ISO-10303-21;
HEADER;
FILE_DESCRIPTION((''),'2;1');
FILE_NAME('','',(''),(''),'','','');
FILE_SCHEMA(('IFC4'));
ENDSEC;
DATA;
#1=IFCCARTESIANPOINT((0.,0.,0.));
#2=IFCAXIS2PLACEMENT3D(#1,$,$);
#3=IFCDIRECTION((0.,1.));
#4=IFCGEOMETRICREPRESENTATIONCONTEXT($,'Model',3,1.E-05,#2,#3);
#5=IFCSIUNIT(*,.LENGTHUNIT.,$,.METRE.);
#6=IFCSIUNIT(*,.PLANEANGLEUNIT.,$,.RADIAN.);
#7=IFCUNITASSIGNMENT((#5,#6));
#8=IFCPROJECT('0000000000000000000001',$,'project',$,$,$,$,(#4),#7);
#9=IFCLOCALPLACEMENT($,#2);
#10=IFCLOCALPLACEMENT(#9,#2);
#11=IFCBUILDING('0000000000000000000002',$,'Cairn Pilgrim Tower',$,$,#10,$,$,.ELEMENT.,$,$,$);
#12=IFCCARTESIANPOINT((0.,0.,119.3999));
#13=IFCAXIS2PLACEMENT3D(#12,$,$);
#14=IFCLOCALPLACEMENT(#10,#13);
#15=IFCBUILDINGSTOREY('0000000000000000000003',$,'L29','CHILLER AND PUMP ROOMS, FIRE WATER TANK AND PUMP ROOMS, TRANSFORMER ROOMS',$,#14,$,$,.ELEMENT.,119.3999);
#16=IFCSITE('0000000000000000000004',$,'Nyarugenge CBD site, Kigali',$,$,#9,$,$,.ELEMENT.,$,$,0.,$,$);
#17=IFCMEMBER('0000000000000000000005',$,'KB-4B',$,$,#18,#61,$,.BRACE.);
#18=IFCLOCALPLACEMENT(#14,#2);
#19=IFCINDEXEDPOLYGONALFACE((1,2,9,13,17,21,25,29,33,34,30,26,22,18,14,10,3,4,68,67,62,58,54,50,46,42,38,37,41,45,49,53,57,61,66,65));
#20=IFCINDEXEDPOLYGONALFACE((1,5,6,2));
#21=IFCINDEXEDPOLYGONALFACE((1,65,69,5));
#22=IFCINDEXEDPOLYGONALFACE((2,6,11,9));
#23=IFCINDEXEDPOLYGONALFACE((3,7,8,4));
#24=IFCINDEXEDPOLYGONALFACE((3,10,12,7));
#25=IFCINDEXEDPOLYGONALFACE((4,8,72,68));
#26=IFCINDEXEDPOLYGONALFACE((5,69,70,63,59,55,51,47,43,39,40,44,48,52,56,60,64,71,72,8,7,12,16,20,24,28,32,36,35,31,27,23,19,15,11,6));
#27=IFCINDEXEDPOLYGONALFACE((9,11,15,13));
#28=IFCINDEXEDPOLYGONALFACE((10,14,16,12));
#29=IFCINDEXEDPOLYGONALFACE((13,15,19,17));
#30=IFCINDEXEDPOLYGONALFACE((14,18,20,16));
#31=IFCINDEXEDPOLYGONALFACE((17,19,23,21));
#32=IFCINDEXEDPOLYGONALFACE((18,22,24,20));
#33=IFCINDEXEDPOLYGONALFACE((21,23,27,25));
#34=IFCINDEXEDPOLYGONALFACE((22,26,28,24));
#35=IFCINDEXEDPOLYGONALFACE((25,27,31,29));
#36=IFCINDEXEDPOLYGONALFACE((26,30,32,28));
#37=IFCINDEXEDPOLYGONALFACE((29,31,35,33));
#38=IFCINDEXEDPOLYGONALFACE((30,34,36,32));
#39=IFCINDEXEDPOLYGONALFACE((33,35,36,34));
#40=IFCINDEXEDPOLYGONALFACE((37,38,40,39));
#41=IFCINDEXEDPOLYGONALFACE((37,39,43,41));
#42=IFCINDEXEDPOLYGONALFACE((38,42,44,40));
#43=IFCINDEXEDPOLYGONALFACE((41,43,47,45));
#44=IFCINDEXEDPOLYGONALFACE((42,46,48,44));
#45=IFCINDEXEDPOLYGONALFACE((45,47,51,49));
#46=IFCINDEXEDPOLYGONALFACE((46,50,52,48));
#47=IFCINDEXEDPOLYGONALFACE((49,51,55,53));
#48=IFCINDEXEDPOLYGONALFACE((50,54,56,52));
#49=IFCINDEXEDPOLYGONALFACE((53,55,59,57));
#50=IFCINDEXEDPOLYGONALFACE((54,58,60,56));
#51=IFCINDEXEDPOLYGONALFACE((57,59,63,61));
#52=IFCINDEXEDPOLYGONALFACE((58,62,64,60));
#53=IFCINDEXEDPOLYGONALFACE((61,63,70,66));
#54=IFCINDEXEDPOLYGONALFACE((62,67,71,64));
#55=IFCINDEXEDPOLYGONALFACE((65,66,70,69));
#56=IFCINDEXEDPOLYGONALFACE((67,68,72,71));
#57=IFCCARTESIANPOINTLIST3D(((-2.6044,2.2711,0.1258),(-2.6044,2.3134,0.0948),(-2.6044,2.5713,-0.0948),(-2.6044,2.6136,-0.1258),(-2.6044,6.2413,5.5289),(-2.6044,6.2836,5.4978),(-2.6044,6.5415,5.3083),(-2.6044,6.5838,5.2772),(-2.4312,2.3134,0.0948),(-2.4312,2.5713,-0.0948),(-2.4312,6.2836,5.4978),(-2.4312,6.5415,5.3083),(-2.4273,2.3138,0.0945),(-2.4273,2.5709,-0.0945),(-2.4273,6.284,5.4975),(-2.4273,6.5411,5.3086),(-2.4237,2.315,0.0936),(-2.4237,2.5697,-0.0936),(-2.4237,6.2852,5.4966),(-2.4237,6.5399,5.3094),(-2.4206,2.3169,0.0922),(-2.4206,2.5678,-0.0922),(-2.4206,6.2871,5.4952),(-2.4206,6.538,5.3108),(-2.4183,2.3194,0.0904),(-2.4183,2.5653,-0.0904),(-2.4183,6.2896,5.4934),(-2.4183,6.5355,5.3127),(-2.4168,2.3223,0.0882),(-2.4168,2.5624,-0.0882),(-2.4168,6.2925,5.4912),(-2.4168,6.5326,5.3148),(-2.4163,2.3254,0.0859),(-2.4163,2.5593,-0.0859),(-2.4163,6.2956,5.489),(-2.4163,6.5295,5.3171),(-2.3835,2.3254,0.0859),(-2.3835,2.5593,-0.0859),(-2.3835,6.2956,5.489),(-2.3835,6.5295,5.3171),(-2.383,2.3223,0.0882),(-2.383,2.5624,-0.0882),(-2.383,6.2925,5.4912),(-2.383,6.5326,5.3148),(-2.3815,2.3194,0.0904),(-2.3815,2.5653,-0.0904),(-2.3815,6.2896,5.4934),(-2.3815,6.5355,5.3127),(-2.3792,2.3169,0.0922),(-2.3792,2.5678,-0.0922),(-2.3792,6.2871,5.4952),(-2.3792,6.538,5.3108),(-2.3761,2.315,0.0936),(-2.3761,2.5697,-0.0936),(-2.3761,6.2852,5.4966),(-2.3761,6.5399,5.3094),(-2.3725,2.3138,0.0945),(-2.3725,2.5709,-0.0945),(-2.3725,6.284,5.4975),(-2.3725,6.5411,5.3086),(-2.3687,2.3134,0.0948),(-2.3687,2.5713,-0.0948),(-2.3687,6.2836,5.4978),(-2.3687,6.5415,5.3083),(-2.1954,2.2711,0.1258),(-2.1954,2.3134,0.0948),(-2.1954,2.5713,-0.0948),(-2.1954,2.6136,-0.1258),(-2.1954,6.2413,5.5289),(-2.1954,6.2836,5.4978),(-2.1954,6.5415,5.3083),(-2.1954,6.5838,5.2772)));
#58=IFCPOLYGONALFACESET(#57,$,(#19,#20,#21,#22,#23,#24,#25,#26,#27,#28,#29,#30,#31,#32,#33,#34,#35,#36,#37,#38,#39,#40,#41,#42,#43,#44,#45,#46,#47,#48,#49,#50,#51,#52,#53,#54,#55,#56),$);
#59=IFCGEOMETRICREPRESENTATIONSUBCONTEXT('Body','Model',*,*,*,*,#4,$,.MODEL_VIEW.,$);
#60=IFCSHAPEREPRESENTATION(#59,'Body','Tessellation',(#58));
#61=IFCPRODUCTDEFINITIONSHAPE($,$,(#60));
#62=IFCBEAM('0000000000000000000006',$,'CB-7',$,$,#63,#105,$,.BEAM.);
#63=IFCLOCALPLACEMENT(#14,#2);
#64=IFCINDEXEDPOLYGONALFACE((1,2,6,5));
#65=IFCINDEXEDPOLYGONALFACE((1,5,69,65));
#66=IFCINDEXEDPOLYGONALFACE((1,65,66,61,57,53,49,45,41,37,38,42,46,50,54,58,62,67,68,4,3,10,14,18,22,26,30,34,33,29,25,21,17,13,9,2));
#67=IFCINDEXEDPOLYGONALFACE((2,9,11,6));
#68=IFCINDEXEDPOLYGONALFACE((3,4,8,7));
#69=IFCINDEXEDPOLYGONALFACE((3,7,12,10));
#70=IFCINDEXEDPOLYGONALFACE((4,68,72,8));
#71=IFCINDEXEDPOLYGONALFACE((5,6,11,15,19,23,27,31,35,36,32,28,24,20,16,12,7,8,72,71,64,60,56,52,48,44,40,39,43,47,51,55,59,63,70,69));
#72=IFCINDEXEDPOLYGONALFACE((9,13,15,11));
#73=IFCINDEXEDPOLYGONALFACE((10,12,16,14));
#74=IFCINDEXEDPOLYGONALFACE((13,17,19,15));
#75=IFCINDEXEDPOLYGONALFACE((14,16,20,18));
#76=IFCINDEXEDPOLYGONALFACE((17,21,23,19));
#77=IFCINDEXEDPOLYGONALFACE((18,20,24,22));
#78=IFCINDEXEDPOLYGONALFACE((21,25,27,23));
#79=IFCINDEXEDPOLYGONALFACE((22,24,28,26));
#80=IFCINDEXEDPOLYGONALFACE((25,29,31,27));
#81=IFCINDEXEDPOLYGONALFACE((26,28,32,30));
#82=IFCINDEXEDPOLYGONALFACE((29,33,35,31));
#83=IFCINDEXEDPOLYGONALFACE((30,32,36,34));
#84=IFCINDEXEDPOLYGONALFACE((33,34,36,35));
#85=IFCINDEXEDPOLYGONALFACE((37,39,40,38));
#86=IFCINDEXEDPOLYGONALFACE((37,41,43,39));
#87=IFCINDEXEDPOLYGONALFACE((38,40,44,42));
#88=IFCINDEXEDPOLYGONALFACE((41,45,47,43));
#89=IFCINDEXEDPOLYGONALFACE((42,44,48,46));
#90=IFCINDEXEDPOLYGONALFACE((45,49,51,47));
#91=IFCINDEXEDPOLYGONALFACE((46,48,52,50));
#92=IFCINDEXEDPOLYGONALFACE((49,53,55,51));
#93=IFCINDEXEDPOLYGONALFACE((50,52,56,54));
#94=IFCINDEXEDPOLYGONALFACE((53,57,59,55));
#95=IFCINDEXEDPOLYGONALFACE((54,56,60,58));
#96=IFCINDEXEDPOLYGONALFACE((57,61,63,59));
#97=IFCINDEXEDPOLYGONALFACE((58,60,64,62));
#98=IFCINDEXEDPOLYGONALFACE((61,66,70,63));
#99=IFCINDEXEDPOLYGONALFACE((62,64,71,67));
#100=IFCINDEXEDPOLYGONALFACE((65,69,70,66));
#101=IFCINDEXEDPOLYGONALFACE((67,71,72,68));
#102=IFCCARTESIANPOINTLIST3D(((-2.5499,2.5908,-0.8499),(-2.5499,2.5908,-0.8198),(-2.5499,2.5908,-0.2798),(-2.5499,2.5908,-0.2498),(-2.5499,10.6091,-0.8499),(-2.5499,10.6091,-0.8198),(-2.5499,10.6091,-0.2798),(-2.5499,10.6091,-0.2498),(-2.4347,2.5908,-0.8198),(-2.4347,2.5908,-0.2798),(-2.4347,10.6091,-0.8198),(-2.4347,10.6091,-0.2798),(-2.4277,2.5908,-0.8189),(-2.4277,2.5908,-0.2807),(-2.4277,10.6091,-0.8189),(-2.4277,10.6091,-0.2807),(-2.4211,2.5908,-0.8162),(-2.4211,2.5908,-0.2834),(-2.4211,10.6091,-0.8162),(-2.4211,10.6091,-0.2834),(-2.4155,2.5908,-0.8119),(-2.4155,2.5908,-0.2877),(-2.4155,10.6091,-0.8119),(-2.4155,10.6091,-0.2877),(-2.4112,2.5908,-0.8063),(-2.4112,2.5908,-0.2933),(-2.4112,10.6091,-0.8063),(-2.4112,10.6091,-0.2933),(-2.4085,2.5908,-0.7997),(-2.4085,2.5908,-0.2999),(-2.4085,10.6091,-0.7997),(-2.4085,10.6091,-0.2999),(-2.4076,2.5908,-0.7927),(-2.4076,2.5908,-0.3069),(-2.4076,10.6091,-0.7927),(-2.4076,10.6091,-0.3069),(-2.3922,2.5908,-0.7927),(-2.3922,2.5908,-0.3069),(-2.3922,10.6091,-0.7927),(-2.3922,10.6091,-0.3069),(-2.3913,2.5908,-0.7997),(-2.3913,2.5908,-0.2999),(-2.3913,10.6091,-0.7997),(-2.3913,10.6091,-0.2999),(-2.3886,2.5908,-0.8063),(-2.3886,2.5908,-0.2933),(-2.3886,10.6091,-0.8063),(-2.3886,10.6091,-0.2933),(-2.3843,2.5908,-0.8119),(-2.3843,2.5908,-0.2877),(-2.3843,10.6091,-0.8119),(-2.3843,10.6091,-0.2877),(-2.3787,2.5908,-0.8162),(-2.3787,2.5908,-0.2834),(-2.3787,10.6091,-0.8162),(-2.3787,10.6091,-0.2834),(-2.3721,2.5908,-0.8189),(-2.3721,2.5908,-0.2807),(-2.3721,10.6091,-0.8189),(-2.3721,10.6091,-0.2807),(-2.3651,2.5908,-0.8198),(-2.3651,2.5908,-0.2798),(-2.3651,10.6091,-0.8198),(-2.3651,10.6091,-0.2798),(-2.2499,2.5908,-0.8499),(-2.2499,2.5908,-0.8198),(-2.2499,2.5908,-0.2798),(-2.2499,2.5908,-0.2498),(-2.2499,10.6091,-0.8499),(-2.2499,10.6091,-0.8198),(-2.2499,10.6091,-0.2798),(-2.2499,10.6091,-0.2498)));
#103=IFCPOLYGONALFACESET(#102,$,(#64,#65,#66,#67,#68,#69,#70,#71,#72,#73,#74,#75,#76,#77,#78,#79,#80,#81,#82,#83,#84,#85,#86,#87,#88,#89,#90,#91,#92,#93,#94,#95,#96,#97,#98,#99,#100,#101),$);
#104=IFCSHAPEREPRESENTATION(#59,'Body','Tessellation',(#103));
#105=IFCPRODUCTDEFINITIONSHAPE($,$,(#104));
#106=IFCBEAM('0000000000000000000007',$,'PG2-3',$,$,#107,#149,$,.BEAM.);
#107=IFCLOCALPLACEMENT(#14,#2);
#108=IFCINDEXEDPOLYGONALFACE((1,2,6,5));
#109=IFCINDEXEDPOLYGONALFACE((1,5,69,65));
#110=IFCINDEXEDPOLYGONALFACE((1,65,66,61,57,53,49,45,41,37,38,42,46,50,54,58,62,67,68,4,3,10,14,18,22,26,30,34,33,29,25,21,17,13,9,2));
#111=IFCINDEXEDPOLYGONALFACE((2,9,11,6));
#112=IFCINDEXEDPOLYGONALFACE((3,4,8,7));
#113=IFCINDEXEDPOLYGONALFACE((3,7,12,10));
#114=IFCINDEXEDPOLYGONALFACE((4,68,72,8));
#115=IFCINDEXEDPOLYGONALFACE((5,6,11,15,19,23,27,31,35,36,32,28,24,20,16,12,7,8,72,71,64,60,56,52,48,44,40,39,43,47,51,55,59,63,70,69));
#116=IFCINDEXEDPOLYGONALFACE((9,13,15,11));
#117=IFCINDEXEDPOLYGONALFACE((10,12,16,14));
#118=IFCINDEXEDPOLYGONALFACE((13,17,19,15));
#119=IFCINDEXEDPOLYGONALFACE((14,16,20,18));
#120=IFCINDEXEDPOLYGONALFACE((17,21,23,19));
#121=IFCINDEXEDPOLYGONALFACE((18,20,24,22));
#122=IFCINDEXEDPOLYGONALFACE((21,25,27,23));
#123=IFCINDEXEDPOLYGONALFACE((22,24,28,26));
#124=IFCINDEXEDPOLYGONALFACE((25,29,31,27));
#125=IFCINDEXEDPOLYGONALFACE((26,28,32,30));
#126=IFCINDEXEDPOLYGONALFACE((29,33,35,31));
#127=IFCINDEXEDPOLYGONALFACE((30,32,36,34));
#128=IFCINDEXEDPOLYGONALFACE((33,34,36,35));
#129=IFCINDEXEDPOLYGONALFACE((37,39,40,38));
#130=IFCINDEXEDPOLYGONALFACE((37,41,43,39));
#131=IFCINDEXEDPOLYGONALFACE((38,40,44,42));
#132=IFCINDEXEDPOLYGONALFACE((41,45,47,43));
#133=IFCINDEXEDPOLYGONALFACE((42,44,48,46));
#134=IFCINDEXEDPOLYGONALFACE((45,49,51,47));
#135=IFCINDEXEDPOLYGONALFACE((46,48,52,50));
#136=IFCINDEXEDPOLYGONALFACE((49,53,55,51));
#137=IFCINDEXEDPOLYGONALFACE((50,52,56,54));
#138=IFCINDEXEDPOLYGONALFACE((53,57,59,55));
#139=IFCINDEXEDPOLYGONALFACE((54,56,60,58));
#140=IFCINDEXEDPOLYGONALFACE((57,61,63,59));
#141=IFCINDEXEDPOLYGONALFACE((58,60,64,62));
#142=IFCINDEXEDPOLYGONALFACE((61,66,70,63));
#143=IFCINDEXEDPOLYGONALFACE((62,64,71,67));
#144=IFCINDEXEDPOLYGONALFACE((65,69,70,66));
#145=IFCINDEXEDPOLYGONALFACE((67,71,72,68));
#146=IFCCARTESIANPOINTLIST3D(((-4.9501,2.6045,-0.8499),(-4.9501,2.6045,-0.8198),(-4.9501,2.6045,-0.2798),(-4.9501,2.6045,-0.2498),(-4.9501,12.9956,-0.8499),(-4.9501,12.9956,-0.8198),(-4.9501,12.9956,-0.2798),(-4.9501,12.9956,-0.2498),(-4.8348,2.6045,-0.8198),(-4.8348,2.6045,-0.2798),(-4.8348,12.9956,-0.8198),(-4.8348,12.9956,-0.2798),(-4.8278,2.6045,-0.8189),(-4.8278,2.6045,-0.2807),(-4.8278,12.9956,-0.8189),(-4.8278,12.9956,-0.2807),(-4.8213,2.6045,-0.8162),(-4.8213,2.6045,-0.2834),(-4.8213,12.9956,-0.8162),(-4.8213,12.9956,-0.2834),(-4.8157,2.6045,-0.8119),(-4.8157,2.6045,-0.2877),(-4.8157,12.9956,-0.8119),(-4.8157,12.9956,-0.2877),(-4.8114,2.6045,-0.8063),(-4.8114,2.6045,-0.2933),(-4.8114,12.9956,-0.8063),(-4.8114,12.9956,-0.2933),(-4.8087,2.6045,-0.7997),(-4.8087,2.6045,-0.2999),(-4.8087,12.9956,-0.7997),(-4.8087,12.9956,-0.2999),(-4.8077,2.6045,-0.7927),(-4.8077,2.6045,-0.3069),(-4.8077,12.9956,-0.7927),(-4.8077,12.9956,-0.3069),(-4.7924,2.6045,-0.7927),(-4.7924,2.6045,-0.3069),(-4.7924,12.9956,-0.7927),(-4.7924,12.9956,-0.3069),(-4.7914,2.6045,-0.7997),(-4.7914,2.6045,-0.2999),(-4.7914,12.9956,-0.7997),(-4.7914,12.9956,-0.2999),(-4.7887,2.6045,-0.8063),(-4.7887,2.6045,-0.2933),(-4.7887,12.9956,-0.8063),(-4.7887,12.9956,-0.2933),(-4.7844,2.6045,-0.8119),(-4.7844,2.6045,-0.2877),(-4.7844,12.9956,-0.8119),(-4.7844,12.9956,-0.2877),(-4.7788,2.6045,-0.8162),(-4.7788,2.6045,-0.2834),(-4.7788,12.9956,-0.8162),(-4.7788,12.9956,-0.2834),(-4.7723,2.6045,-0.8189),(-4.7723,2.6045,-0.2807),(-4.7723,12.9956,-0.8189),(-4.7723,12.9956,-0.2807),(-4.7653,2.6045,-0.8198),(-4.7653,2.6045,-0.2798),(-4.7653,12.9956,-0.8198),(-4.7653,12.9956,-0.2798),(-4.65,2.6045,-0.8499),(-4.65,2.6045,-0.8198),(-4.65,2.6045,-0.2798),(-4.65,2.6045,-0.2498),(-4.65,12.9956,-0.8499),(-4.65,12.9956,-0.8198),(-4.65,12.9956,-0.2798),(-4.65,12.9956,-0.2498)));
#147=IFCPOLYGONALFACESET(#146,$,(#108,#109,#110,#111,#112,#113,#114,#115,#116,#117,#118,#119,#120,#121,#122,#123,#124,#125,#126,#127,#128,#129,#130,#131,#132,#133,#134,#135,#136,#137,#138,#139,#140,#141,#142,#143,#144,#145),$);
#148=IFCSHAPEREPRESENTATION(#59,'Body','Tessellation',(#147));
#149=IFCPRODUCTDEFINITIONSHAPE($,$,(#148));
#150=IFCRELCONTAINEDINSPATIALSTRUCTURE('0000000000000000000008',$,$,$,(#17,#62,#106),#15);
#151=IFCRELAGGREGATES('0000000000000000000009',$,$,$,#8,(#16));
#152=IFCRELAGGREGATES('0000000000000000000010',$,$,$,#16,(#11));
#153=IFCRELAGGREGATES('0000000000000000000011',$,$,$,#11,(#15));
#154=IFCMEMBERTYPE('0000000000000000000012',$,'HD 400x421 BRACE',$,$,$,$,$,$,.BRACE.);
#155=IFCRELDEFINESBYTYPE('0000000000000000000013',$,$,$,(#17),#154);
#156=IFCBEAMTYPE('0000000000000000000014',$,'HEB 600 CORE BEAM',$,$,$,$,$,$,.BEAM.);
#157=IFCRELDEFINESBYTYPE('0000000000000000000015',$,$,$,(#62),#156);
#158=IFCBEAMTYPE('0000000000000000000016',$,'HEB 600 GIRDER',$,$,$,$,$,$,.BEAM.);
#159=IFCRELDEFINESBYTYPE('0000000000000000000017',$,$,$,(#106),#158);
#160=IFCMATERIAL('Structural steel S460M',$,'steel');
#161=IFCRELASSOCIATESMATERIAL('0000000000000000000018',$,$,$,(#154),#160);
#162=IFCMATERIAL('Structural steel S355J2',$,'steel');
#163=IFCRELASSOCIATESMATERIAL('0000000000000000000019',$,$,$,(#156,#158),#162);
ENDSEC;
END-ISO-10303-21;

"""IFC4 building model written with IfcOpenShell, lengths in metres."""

from ifc_helpers import new_model, si_unit, direction, frame, origin, origin_2d, place, context, subcontext, project, spatial, i_section, extrude, material, material_profile, profile_set, type_object, element, save


model = new_model("IFC4")

# Units and contexts
model_context = context("Model", 3, precision=1e-05, world=origin(), true_north=direction((0.0, 1.0)))
body_context = subcontext(model_context, "Body", "Model", "MODEL_VIEW")
ifc_project = project(units=[si_unit("LENGTHUNIT", "METRE"), si_unit("PLANEANGLEUNIT", "RADIAN")], contexts=[model_context])

# Site, building, storey
site_placement = place(None, origin())
site = spatial("IfcSite", under=ifc_project, at=site_placement, Name="Nyarugenge CBD site, Kigali", CompositionType="ELEMENT", RefElevation=0.0)
building_placement = place(site_placement, origin())
building = spatial("IfcBuilding", under=site, at=building_placement, Name="Cairn Pilgrim Tower", CompositionType="ELEMENT")
storey_placement = place(building_placement, frame((0.0, 0.0, 119.3999)))
storey = spatial("IfcBuildingStorey", under=building, at=storey_placement, Name="L29", Description="CHILLER AND PUMP ROOMS, FIRE WATER TANK AND PUMP ROOMS, TRANSFORMER ROOMS", CompositionType="ELEMENT", Elevation=119.3999)

# Shared definitions
ifc_material_1 = material(Name="Structural steel S460M", Category="steel")

# Member
ifc_material_profile_1 = material_profile(ifc_material_1, i_section(OverallWidth=0.4089, OverallDepth=0.425, WebThickness=0.0327, FlangeThickness=0.0525, FilletRadius=0.0149, at=origin_2d()), Name="HD 400x421")
ifc_profile_set_1 = profile_set([ifc_material_profile_1], Name="Structural steel S460M")
member_type = type_object("IfcMemberType", Name="HD 400x421 BRACE", PredefinedType="BRACE", material=ifc_profile_set_1)
for number, where, z_axis, x_axis, name in (
    (1, (-2.3999, 2.4424, 0.0), (0.0, 0.592135, 0.805839), (-1.0, 0.0, 0.0), "KB-4B"),
):
    element("IfcMember", number, at=place(storey_placement, frame(where, z_axis=z_axis, x_axis=x_axis)), inside=storey, type_object=member_type, Name=name, PredefinedType="BRACE", context=body_context, shape_type="SweptSolid", body=[
        extrude(i_section(OverallWidth=0.4089, OverallDepth=0.425, WebThickness=0.0327, FlangeThickness=0.0525, FilletRadius=0.0149, at=origin_2d()), origin(), (0.0, 0.0, 1.0), 6.7048),
    ])

# Beams
ifc_material_2 = material(Name="Structural steel S355J2", Category="steel")
ifc_material_profile_2 = material_profile(ifc_material_2, i_section(OverallWidth=0.3, OverallDepth=0.6001, WebThickness=0.0154, FlangeThickness=0.03, FilletRadius=0.0271, at=origin_2d()), Name="HEB 600")
ifc_profile_set_2 = profile_set([ifc_material_profile_2], Name="Structural steel S355J2")
beam_type_1 = type_object("IfcBeamType", Name="HEB 600 CORE BEAM", PredefinedType="BEAM", material=ifc_profile_set_2)
beam_1_placement = place(storey_placement, frame((-2.3999, 10.6091, -0.5498), z_axis=(0.0, -1.0, 0.0), x_axis=(1.0, 0.0, 0.0)))
element("IfcBeam", 2, at=beam_1_placement, inside=storey, type_object=beam_type_1, Name="CB-7", PredefinedType="BEAM", context=body_context, shape_type="SweptSolid", body=[
    extrude(i_section(OverallWidth=0.3, OverallDepth=0.6001, WebThickness=0.0154, FlangeThickness=0.03, FilletRadius=0.0271, at=origin_2d()), origin(), (0.0, 0.0, 1.0), 8.0183),
])
ifc_material_profile_3 = material_profile(ifc_material_2, i_section(OverallWidth=0.3, OverallDepth=0.6001, WebThickness=0.0154, FlangeThickness=0.03, FilletRadius=0.0271, at=origin_2d()), Name="HEB 600")
ifc_profile_set_3 = profile_set([ifc_material_profile_3], Name="Structural steel S355J2")
beam_type_2 = type_object("IfcBeamType", Name="HEB 600 GIRDER", PredefinedType="BEAM", material=ifc_profile_set_3)
beam_2_placement = place(storey_placement, frame((-4.8, 2.6045, -0.5498), z_axis=(0.0, 1.0, 0.0), x_axis=(-1.0, 0.0, 0.0)))
element("IfcBeam", 3, at=beam_2_placement, inside=storey, type_object=beam_type_2, Name="PG2-3", PredefinedType="BEAM", context=body_context, shape_type="SweptSolid", body=[
    extrude(i_section(OverallWidth=0.3, OverallDepth=0.6001, WebThickness=0.0154, FlangeThickness=0.03, FilletRadius=0.0271, at=origin_2d()), origin(), (0.0, 0.0, 1.0), 10.3911),
])

save(model, "model.ifc")
